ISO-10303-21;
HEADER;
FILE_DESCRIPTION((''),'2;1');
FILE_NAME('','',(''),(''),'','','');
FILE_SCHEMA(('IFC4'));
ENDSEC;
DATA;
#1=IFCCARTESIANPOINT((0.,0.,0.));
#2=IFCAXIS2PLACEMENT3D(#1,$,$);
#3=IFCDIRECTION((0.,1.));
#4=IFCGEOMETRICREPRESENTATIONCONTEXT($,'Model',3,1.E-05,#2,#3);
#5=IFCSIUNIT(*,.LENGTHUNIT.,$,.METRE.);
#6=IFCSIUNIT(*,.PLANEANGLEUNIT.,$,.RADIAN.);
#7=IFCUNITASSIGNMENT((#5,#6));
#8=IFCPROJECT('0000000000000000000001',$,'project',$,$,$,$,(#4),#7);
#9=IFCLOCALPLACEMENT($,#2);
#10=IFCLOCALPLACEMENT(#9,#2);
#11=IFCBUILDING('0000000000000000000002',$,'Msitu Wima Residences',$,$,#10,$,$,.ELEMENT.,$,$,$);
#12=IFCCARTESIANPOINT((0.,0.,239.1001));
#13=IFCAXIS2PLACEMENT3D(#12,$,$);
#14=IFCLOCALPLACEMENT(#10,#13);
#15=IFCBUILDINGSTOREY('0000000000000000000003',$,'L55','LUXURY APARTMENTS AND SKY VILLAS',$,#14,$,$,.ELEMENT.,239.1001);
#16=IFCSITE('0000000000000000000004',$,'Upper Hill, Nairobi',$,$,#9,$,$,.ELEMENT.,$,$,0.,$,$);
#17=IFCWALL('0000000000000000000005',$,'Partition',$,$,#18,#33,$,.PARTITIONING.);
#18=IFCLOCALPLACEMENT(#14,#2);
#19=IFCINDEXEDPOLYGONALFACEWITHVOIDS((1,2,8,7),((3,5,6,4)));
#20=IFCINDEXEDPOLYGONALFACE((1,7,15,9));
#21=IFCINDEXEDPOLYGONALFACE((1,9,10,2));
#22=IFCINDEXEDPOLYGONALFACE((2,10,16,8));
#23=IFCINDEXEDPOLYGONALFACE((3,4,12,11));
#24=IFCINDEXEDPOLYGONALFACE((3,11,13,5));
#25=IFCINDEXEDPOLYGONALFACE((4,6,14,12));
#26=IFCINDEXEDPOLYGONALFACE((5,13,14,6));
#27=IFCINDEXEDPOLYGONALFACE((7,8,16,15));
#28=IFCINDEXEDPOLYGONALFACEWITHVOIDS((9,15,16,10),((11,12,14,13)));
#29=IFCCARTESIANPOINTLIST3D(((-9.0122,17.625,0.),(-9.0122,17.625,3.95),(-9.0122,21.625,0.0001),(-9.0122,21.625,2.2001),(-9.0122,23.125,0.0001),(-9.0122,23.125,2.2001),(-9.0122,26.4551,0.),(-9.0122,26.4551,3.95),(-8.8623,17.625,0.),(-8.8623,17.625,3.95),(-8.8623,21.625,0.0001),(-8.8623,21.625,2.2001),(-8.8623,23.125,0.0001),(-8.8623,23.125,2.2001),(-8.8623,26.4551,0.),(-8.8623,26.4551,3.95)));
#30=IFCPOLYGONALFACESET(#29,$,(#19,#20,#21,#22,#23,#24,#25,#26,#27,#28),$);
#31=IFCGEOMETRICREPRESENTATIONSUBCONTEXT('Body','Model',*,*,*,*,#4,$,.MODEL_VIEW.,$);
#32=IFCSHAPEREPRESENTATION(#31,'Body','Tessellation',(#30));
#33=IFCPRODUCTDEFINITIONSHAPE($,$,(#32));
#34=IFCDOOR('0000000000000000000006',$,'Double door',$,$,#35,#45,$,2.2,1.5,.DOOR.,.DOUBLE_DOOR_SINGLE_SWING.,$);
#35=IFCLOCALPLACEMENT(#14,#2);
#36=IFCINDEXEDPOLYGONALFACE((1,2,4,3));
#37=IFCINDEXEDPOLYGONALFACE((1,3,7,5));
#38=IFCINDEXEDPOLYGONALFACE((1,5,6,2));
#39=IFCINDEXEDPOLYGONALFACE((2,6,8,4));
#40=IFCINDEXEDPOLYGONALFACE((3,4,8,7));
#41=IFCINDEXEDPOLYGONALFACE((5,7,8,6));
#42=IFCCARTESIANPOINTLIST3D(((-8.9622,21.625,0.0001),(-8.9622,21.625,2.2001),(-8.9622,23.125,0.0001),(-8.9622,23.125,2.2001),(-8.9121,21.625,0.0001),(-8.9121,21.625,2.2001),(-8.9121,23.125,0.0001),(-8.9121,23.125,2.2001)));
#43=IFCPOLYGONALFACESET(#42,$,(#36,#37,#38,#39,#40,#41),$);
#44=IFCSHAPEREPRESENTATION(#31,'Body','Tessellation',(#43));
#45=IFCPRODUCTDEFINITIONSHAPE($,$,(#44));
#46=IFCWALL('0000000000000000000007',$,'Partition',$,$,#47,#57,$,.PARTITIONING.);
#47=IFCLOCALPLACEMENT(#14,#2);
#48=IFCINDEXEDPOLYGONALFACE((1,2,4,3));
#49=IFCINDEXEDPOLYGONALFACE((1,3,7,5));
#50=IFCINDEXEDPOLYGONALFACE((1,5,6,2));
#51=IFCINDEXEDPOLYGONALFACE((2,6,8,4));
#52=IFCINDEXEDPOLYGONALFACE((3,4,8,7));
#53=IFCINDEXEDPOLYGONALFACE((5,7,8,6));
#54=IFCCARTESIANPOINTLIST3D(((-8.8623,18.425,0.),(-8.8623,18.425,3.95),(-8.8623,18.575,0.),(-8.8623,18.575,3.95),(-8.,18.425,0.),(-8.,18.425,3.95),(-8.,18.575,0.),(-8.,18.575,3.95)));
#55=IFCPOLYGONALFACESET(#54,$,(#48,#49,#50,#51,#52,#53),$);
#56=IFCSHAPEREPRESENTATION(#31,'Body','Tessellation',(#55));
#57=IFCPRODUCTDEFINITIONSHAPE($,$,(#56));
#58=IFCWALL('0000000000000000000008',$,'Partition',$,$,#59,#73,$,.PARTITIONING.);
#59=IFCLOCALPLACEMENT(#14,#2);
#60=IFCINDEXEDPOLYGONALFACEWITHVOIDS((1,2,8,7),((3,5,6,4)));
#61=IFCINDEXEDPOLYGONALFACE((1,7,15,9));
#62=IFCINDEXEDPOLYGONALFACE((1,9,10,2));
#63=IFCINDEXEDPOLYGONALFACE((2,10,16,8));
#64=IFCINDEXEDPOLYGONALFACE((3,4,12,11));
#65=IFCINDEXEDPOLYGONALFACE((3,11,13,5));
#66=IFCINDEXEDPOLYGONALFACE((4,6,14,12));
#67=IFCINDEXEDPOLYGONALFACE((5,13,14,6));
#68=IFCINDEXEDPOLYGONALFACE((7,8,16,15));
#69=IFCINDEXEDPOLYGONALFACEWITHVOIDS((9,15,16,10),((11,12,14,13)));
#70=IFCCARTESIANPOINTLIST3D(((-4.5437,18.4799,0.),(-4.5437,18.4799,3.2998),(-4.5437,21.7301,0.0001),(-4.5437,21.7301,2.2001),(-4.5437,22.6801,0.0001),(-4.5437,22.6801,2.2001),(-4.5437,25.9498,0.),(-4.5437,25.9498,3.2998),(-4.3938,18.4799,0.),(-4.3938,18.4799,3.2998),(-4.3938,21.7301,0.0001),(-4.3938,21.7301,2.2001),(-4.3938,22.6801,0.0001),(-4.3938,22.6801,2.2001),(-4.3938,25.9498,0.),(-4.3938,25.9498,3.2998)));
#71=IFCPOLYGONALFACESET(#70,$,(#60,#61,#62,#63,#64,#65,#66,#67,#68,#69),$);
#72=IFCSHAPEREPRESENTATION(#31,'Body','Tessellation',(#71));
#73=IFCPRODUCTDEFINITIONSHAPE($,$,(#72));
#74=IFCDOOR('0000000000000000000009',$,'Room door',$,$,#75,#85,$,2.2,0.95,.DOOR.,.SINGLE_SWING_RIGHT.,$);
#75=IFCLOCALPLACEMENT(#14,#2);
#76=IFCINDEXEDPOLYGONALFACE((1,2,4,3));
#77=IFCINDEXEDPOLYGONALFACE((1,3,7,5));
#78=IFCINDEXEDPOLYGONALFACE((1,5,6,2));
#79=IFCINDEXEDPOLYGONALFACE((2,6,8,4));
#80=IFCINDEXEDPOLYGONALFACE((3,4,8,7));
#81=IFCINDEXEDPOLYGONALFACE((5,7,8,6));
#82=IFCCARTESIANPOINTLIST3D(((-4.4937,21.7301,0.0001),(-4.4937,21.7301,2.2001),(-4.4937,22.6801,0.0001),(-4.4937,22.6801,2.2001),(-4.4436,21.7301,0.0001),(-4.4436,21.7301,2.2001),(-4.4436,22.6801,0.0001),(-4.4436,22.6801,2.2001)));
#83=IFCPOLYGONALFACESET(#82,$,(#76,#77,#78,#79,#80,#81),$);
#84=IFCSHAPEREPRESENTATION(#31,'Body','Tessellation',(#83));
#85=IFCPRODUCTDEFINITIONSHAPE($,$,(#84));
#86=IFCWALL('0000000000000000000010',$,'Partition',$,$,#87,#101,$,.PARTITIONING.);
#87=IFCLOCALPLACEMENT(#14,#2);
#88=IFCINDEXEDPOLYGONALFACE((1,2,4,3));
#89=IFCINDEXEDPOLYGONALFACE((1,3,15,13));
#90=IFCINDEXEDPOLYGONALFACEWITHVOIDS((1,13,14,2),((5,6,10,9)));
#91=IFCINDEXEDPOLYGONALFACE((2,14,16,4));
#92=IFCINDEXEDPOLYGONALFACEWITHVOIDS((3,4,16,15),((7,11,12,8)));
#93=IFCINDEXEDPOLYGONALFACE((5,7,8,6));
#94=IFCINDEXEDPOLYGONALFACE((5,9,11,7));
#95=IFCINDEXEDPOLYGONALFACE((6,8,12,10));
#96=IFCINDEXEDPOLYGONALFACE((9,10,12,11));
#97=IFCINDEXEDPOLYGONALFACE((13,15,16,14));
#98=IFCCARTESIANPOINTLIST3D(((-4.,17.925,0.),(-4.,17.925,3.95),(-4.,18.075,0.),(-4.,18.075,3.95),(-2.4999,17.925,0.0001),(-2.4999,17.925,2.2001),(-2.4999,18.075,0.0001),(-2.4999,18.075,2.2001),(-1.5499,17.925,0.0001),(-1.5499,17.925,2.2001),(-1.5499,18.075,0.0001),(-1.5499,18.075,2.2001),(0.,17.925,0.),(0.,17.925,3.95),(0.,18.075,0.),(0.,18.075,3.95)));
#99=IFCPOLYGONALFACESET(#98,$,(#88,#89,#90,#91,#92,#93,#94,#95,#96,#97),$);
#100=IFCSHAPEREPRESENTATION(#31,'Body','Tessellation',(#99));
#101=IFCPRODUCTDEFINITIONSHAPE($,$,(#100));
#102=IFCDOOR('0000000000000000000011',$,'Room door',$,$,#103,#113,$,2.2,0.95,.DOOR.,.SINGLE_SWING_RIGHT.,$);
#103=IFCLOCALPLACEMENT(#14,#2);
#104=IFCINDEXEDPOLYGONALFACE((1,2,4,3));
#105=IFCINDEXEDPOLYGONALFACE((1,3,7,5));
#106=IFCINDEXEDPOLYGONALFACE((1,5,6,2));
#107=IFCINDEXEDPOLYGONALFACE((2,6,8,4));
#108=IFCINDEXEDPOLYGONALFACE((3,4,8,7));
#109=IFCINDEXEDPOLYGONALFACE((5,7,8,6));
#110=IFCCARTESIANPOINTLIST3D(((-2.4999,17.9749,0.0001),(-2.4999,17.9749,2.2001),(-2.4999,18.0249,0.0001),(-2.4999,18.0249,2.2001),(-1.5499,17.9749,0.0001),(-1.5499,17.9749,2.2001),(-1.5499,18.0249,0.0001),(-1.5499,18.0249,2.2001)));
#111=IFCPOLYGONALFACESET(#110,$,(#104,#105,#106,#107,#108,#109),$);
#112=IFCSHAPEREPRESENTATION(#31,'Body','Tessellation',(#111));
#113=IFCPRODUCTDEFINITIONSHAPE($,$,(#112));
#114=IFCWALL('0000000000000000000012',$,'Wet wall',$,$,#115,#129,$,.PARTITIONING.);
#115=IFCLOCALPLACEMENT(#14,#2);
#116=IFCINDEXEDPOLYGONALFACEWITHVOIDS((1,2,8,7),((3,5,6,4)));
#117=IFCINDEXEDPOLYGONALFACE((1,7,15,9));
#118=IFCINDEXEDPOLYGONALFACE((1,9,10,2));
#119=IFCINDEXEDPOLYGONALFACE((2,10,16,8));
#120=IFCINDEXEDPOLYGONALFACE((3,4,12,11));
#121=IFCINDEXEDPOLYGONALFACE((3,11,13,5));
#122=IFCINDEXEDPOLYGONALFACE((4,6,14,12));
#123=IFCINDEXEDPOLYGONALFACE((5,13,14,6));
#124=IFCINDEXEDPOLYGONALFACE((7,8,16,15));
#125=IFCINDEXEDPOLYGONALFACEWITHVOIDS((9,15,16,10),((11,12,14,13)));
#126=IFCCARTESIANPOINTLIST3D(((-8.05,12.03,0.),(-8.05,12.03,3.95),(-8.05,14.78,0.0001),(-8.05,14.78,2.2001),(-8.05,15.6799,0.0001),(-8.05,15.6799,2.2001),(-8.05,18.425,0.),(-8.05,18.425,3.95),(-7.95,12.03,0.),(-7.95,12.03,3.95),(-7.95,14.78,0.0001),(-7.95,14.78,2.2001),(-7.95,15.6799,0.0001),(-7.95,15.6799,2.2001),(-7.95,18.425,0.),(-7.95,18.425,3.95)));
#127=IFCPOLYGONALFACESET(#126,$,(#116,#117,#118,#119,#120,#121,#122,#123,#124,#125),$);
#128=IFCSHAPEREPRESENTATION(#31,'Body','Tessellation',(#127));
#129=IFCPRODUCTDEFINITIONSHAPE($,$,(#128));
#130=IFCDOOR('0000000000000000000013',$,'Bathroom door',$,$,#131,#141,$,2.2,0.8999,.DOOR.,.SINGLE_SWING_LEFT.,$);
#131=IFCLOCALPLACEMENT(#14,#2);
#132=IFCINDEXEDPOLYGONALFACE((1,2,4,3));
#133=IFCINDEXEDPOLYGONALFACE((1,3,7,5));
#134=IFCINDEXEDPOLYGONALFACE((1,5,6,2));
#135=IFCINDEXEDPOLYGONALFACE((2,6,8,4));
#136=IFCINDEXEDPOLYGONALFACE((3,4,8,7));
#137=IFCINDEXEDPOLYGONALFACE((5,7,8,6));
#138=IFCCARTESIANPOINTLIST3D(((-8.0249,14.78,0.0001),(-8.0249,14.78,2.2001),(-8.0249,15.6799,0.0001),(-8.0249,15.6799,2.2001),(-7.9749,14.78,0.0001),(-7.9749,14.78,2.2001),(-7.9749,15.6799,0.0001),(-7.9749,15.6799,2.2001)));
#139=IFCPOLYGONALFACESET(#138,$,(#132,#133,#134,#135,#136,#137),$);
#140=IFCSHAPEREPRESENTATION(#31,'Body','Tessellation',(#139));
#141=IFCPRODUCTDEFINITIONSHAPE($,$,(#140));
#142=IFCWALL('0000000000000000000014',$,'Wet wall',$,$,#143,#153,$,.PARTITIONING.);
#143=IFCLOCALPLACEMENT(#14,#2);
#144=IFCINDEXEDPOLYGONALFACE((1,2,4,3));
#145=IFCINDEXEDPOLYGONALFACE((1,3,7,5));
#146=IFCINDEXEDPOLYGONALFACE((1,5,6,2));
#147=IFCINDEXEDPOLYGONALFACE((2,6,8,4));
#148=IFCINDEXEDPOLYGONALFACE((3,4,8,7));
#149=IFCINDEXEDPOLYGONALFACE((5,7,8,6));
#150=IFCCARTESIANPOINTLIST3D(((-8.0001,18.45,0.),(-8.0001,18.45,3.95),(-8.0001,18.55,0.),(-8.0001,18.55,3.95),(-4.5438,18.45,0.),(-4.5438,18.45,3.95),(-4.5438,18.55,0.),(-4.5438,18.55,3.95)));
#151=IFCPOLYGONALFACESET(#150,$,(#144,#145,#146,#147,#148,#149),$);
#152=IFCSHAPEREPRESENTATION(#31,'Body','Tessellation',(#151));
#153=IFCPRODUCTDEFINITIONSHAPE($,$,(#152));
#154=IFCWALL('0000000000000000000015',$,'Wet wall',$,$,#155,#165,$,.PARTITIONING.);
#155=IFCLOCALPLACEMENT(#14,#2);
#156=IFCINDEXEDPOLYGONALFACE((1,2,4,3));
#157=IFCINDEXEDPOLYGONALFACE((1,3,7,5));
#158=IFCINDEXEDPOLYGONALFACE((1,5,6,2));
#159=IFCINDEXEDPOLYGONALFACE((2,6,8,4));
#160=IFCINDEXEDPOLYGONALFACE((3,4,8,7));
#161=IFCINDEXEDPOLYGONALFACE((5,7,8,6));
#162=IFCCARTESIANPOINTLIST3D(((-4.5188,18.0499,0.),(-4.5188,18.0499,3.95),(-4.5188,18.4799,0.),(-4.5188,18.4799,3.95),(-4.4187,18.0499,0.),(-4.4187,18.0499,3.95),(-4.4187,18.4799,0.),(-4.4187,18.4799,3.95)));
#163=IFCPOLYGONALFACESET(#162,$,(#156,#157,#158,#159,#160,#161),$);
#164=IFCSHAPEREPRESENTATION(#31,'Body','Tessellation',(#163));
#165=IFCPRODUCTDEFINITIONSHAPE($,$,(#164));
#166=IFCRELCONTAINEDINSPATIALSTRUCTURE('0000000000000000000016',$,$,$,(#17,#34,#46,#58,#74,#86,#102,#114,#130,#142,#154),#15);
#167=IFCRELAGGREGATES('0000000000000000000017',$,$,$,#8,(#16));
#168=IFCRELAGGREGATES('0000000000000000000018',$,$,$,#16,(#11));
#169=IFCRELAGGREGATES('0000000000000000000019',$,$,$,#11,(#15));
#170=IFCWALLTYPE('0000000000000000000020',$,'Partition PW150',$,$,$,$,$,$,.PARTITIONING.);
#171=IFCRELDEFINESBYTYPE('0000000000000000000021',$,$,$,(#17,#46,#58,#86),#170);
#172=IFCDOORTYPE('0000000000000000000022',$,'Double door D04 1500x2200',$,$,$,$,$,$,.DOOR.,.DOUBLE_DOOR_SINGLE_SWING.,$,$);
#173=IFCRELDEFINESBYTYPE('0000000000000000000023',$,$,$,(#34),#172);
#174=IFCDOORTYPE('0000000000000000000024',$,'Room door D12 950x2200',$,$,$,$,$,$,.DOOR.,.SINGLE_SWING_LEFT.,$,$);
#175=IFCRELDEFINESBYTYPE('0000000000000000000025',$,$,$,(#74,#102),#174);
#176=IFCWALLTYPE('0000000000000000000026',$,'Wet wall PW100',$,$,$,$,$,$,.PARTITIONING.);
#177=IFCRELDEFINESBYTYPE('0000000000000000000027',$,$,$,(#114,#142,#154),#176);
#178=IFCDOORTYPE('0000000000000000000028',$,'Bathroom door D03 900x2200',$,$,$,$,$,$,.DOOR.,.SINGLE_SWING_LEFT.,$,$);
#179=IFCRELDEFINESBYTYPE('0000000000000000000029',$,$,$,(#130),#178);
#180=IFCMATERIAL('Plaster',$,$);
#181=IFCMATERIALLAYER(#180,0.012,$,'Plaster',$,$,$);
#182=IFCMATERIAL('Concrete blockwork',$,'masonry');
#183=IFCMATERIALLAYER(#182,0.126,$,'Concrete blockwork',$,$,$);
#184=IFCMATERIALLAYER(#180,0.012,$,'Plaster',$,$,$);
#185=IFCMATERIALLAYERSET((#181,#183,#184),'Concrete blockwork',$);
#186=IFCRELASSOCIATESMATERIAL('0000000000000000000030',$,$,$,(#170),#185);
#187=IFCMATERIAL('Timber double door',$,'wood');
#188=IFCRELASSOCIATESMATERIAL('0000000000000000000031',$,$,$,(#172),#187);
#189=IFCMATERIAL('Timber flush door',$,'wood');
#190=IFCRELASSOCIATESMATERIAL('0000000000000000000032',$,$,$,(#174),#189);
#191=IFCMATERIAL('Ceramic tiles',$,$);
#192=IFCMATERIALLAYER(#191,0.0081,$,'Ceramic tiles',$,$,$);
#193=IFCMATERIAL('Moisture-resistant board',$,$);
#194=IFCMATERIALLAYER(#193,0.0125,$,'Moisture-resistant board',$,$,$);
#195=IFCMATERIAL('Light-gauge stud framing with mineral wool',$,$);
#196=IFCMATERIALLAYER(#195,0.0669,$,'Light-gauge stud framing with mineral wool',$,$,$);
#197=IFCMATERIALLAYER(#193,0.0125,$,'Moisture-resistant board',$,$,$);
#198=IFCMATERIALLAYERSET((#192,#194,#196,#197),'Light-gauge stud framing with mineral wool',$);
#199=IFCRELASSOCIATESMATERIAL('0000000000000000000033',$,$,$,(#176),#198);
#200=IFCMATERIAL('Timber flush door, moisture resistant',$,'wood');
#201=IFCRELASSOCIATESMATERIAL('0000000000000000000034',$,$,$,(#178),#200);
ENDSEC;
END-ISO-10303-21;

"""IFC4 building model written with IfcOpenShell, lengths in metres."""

from ifc_helpers import new_model, si_unit, direction, frame, frame_2d, origin, place, context, subcontext, project, spatial, rectangle, extrude, material, layer, layer_set, type_object, element, fill, save


model = new_model("IFC4")

# Units and contexts
model_context = context("Model", 3, precision=1e-05, world=origin(), true_north=direction((0.0, 1.0)))
body_context = subcontext(model_context, "Body", "Model", "MODEL_VIEW")
ifc_project = project(units=[si_unit("LENGTHUNIT", "METRE"), si_unit("PLANEANGLEUNIT", "RADIAN")], contexts=[model_context])

# Site, building, storey
site_placement = place(None, origin())
site = spatial("IfcSite", under=ifc_project, at=site_placement, Name="Upper Hill, Nairobi", CompositionType="ELEMENT", RefElevation=0.0)
building_placement = place(site_placement, origin())
building = spatial("IfcBuilding", under=site, at=building_placement, Name="Msitu Wima Residences", CompositionType="ELEMENT")
storey_placement = place(building_placement, frame((0.0, 0.0, 239.1001)))
storey = spatial("IfcBuildingStorey", under=building, at=storey_placement, Name="L55", Description="LUXURY APARTMENTS AND SKY VILLAS", CompositionType="ELEMENT", Elevation=239.1001)

# Wall, opening, door
ifc_material_1 = material(Name="Plaster")
ifc_layer_1 = layer(ifc_material_1, 0.012, Name="Plaster")
ifc_material_2 = material(Name="Concrete blockwork", Category="masonry")
ifc_layer_2 = layer(ifc_material_2, 0.126, Name="Concrete blockwork")
ifc_layer_3 = layer(ifc_material_1, 0.012, Name="Plaster")
ifc_layer_set_1 = layer_set([ifc_layer_1, ifc_layer_2, ifc_layer_3], Name="Concrete blockwork")
wall_type_1 = type_object("IfcWallType", Name="Partition PW150", PredefinedType="PARTITIONING", material=ifc_layer_set_1)
wall_1_placement = place(storey_placement, frame((-8.9373, 17.625, 0.0), z_axis=(0.0, 0.0, 1.0), x_axis=(0.0, 1.0, 0.0)))
wall_1 = element("IfcWall", 1, at=wall_1_placement, inside=storey, type_object=wall_type_1, Name="Partition", PredefinedType="PARTITIONING", context=body_context, shape_type="SweptSolid", body=[
    extrude(rectangle(XDim=8.8301, YDim=0.1499, at=frame_2d((4.415, 0.0))), origin(), (0.0, 0.0, 1.0), 3.95),
])
opening_1_placement = place(wall_1_placement, frame((4.0, 0.0, 0.0)))
opening_1 = element("IfcOpeningElement", 2, at=opening_1_placement, cuts=wall_1, PredefinedType="OPENING", context=body_context, shape_type="SweptSolid", body=[
    extrude(rectangle(XDim=1.5, YDim=2.2, at=frame_2d((0.75, 1.1001))), frame((0.0, 0.085, 0.0), z_axis=(0.0, -1.0, 0.0), x_axis=(1.0, 0.0, 0.0)), (0.0, 0.0, 1.0), 0.1699),
])
ifc_material_3 = material(Name="Timber double door", Category="wood")
door_type_1 = type_object("IfcDoorType", Name="Double door D04 1500x2200", OperationType="DOUBLE_DOOR_SINGLE_SWING", PredefinedType="DOOR", material=ifc_material_3)
door_1_placement = place(opening_1_placement, origin())
door_1 = element("IfcDoor", 3, at=door_1_placement, inside=storey, type_object=door_type_1, Name="Double door", OperationType="DOUBLE_DOOR_SINGLE_SWING", OverallHeight=2.2, OverallWidth=1.5, PredefinedType="DOOR", context=body_context, shape_type="SweptSolid", body=[
    extrude(rectangle(XDim=1.5, YDim=2.2, at=frame_2d((0.75, 1.1001))), frame((0.0, 0.0249, 0.0), z_axis=(0.0, -1.0, 0.0), x_axis=(1.0, 0.0, 0.0)), (0.0, 0.0, 1.0), 0.05),
])
fill(opening_1, door_1)

# Wall
wall_2_placement = place(storey_placement, frame((-8.8623, 18.5, 0.0), z_axis=(0.0, 0.0, 1.0), x_axis=(1.0, 0.0, 0.0)))
element("IfcWall", 4, at=wall_2_placement, inside=storey, type_object=wall_type_1, Name="Partition", PredefinedType="PARTITIONING", context=body_context, shape_type="SweptSolid", body=[
    extrude(rectangle(XDim=0.8623, YDim=0.1499, at=frame_2d((0.4312, 0.0))), origin(), (0.0, 0.0, 1.0), 3.95),
])

# Walls, openings, doors
wall_3_placement = place(storey_placement, frame((-4.4688, 18.48, 0.0), z_axis=(0.0, 0.0, 1.0), x_axis=(0.0, 1.0, 0.0)))
wall_3 = element("IfcWall", 5, at=wall_3_placement, inside=storey, type_object=wall_type_1, Name="Partition", PredefinedType="PARTITIONING", context=body_context, shape_type="SweptSolid", body=[
    extrude(rectangle(XDim=7.47, YDim=0.1499, at=frame_2d((3.7349, 0.0))), origin(), (0.0, 0.0, 1.0), 3.2998),
])
opening_2_placement = place(wall_3_placement, frame((3.25, 0.0, 0.0)))
opening_2 = element("IfcOpeningElement", 6, at=opening_2_placement, cuts=wall_3, PredefinedType="OPENING", context=body_context, shape_type="SweptSolid", body=[
    extrude(rectangle(XDim=0.95, YDim=2.2, at=frame_2d((0.4751, 1.1001))), frame((0.0, 0.085, 0.0), z_axis=(0.0, -1.0, 0.0), x_axis=(1.0, 0.0, 0.0)), (0.0, 0.0, 1.0), 0.1699),
])
ifc_material_4 = material(Name="Timber flush door", Category="wood")
door_type_2 = type_object("IfcDoorType", Name="Room door D12 950x2200", OperationType="SINGLE_SWING_LEFT", PredefinedType="DOOR", material=ifc_material_4)
door_2_placement = place(opening_2_placement, origin())
door_2 = element("IfcDoor", 7, at=door_2_placement, inside=storey, type_object=door_type_2, Name="Room door", OperationType="SINGLE_SWING_RIGHT", OverallHeight=2.2, OverallWidth=0.95, PredefinedType="DOOR", context=body_context, shape_type="SweptSolid", body=[
    extrude(rectangle(XDim=0.95, YDim=2.2, at=frame_2d((0.4751, 1.1001))), frame((0.0, 0.0249, 0.0), z_axis=(0.0, -1.0, 0.0), x_axis=(1.0, 0.0, 0.0)), (0.0, 0.0, 1.0), 0.05),
])
fill(opening_2, door_2)
wall_4_placement = place(storey_placement, frame((-4.0, 18.0, 0.0), z_axis=(0.0, 0.0, 1.0), x_axis=(1.0, 0.0, 0.0)))
wall_4 = element("IfcWall", 8, at=wall_4_placement, inside=storey, type_object=wall_type_1, Name="Partition", PredefinedType="PARTITIONING", context=body_context, shape_type="SweptSolid", body=[
    extrude(rectangle(XDim=4.0, YDim=0.1499, at=frame_2d((2.0, 0.0))), origin(), (0.0, 0.0, 1.0), 3.95),
])
opening_3_placement = place(wall_4_placement, frame((1.5, 0.0, 0.0)))
opening_3 = element("IfcOpeningElement", 9, at=opening_3_placement, cuts=wall_4, PredefinedType="OPENING", context=body_context, shape_type="SweptSolid", body=[
    extrude(rectangle(XDim=0.95, YDim=2.2, at=frame_2d((0.4751, 1.1001))), frame((0.0, 0.085, 0.0), z_axis=(0.0, -1.0, 0.0), x_axis=(1.0, 0.0, 0.0)), (0.0, 0.0, 1.0), 0.1699),
])
door_3_placement = place(opening_3_placement, origin())
door_3 = element("IfcDoor", 10, at=door_3_placement, inside=storey, type_object=door_type_2, Name="Room door", OperationType="SINGLE_SWING_RIGHT", OverallHeight=2.2, OverallWidth=0.95, PredefinedType="DOOR", context=body_context, shape_type="SweptSolid", body=[
    extrude(rectangle(XDim=0.95, YDim=2.2, at=frame_2d((0.4751, 1.1001))), frame((0.0, 0.0249, 0.0), z_axis=(0.0, -1.0, 0.0), x_axis=(1.0, 0.0, 0.0)), (0.0, 0.0, 1.0), 0.05),
])
fill(opening_3, door_3)
ifc_material_5 = material(Name="Ceramic tiles")
ifc_layer_4 = layer(ifc_material_5, 0.0081, Name="Ceramic tiles")
ifc_material_6 = material(Name="Moisture-resistant board")
ifc_layer_5 = layer(ifc_material_6, 0.0125, Name="Moisture-resistant board")
ifc_material_7 = material(Name="Light-gauge stud framing with mineral wool")
ifc_layer_6 = layer(ifc_material_7, 0.0669, Name="Light-gauge stud framing with mineral wool")
ifc_layer_7 = layer(ifc_material_6, 0.0125, Name="Moisture-resistant board")
ifc_layer_set_2 = layer_set([ifc_layer_4, ifc_layer_5, ifc_layer_6, ifc_layer_7], Name="Light-gauge stud framing with mineral wool")
wall_type_2 = type_object("IfcWallType", Name="Wet wall PW100", PredefinedType="PARTITIONING", material=ifc_layer_set_2)
wall_5_placement = place(storey_placement, frame((-8.0, 12.03, 0.0), z_axis=(0.0, 0.0, 1.0), x_axis=(0.0, 1.0, 0.0)))
wall_5 = element("IfcWall", 11, at=wall_5_placement, inside=storey, type_object=wall_type_2, Name="Wet wall", PredefinedType="PARTITIONING", context=body_context, shape_type="SweptSolid", body=[
    extrude(rectangle(XDim=6.395, YDim=0.1001, at=frame_2d((3.1975, 0.0))), origin(), (0.0, 0.0, 1.0), 3.95),
])
opening_4_placement = place(wall_5_placement, frame((2.75, 0.0, 0.0)))
opening_4 = element("IfcOpeningElement", 12, at=opening_4_placement, cuts=wall_5, PredefinedType="OPENING", context=body_context, shape_type="SweptSolid", body=[
    extrude(rectangle(XDim=0.8999, YDim=2.2, at=frame_2d((0.45, 1.1001))), frame((0.0, 0.0601, 0.0), z_axis=(0.0, -1.0, 0.0), x_axis=(1.0, 0.0, 0.0)), (0.0, 0.0, 1.0), 0.1201),
])
ifc_material_8 = material(Name="Timber flush door, moisture resistant", Category="wood")
door_type_3 = type_object("IfcDoorType", Name="Bathroom door D03 900x2200", OperationType="SINGLE_SWING_LEFT", PredefinedType="DOOR", material=ifc_material_8)
door_4_placement = place(opening_4_placement, origin())
door_4 = element("IfcDoor", 13, at=door_4_placement, inside=storey, type_object=door_type_3, Name="Bathroom door", OperationType="SINGLE_SWING_LEFT", OverallHeight=2.2, OverallWidth=0.8999, PredefinedType="DOOR", context=body_context, shape_type="SweptSolid", body=[
    extrude(rectangle(XDim=0.8999, YDim=2.2, at=frame_2d((0.45, 1.1001))), frame((0.0, 0.0249, 0.0), z_axis=(0.0, -1.0, 0.0), x_axis=(1.0, 0.0, 0.0)), (0.0, 0.0, 1.0), 0.05),
])
fill(opening_4, door_4)

# Walls
wall_6_placement = place(storey_placement, frame((-8.0, 18.5, 0.0), z_axis=(0.0, 0.0, 1.0), x_axis=(1.0, 0.0, 0.0)))
element("IfcWall", 14, at=wall_6_placement, inside=storey, type_object=wall_type_2, Name="Wet wall", PredefinedType="PARTITIONING", context=body_context, shape_type="SweptSolid", body=[
    extrude(rectangle(XDim=3.4563, YDim=0.1001, at=frame_2d((1.728, 0.0))), origin(), (0.0, 0.0, 1.0), 3.95),
])
wall_7_placement = place(storey_placement, frame((-4.4688, 18.05, 0.0), z_axis=(0.0, 0.0, 1.0), x_axis=(0.0, 1.0, 0.0)))
element("IfcWall", 15, at=wall_7_placement, inside=storey, type_object=wall_type_2, Name="Wet wall", PredefinedType="PARTITIONING", context=body_context, shape_type="SweptSolid", body=[
    extrude(rectangle(XDim=0.4299, YDim=0.1001, at=frame_2d((0.2148, 0.0))), origin(), (0.0, 0.0, 1.0), 3.95),
])

save(model, "model.ifc")
